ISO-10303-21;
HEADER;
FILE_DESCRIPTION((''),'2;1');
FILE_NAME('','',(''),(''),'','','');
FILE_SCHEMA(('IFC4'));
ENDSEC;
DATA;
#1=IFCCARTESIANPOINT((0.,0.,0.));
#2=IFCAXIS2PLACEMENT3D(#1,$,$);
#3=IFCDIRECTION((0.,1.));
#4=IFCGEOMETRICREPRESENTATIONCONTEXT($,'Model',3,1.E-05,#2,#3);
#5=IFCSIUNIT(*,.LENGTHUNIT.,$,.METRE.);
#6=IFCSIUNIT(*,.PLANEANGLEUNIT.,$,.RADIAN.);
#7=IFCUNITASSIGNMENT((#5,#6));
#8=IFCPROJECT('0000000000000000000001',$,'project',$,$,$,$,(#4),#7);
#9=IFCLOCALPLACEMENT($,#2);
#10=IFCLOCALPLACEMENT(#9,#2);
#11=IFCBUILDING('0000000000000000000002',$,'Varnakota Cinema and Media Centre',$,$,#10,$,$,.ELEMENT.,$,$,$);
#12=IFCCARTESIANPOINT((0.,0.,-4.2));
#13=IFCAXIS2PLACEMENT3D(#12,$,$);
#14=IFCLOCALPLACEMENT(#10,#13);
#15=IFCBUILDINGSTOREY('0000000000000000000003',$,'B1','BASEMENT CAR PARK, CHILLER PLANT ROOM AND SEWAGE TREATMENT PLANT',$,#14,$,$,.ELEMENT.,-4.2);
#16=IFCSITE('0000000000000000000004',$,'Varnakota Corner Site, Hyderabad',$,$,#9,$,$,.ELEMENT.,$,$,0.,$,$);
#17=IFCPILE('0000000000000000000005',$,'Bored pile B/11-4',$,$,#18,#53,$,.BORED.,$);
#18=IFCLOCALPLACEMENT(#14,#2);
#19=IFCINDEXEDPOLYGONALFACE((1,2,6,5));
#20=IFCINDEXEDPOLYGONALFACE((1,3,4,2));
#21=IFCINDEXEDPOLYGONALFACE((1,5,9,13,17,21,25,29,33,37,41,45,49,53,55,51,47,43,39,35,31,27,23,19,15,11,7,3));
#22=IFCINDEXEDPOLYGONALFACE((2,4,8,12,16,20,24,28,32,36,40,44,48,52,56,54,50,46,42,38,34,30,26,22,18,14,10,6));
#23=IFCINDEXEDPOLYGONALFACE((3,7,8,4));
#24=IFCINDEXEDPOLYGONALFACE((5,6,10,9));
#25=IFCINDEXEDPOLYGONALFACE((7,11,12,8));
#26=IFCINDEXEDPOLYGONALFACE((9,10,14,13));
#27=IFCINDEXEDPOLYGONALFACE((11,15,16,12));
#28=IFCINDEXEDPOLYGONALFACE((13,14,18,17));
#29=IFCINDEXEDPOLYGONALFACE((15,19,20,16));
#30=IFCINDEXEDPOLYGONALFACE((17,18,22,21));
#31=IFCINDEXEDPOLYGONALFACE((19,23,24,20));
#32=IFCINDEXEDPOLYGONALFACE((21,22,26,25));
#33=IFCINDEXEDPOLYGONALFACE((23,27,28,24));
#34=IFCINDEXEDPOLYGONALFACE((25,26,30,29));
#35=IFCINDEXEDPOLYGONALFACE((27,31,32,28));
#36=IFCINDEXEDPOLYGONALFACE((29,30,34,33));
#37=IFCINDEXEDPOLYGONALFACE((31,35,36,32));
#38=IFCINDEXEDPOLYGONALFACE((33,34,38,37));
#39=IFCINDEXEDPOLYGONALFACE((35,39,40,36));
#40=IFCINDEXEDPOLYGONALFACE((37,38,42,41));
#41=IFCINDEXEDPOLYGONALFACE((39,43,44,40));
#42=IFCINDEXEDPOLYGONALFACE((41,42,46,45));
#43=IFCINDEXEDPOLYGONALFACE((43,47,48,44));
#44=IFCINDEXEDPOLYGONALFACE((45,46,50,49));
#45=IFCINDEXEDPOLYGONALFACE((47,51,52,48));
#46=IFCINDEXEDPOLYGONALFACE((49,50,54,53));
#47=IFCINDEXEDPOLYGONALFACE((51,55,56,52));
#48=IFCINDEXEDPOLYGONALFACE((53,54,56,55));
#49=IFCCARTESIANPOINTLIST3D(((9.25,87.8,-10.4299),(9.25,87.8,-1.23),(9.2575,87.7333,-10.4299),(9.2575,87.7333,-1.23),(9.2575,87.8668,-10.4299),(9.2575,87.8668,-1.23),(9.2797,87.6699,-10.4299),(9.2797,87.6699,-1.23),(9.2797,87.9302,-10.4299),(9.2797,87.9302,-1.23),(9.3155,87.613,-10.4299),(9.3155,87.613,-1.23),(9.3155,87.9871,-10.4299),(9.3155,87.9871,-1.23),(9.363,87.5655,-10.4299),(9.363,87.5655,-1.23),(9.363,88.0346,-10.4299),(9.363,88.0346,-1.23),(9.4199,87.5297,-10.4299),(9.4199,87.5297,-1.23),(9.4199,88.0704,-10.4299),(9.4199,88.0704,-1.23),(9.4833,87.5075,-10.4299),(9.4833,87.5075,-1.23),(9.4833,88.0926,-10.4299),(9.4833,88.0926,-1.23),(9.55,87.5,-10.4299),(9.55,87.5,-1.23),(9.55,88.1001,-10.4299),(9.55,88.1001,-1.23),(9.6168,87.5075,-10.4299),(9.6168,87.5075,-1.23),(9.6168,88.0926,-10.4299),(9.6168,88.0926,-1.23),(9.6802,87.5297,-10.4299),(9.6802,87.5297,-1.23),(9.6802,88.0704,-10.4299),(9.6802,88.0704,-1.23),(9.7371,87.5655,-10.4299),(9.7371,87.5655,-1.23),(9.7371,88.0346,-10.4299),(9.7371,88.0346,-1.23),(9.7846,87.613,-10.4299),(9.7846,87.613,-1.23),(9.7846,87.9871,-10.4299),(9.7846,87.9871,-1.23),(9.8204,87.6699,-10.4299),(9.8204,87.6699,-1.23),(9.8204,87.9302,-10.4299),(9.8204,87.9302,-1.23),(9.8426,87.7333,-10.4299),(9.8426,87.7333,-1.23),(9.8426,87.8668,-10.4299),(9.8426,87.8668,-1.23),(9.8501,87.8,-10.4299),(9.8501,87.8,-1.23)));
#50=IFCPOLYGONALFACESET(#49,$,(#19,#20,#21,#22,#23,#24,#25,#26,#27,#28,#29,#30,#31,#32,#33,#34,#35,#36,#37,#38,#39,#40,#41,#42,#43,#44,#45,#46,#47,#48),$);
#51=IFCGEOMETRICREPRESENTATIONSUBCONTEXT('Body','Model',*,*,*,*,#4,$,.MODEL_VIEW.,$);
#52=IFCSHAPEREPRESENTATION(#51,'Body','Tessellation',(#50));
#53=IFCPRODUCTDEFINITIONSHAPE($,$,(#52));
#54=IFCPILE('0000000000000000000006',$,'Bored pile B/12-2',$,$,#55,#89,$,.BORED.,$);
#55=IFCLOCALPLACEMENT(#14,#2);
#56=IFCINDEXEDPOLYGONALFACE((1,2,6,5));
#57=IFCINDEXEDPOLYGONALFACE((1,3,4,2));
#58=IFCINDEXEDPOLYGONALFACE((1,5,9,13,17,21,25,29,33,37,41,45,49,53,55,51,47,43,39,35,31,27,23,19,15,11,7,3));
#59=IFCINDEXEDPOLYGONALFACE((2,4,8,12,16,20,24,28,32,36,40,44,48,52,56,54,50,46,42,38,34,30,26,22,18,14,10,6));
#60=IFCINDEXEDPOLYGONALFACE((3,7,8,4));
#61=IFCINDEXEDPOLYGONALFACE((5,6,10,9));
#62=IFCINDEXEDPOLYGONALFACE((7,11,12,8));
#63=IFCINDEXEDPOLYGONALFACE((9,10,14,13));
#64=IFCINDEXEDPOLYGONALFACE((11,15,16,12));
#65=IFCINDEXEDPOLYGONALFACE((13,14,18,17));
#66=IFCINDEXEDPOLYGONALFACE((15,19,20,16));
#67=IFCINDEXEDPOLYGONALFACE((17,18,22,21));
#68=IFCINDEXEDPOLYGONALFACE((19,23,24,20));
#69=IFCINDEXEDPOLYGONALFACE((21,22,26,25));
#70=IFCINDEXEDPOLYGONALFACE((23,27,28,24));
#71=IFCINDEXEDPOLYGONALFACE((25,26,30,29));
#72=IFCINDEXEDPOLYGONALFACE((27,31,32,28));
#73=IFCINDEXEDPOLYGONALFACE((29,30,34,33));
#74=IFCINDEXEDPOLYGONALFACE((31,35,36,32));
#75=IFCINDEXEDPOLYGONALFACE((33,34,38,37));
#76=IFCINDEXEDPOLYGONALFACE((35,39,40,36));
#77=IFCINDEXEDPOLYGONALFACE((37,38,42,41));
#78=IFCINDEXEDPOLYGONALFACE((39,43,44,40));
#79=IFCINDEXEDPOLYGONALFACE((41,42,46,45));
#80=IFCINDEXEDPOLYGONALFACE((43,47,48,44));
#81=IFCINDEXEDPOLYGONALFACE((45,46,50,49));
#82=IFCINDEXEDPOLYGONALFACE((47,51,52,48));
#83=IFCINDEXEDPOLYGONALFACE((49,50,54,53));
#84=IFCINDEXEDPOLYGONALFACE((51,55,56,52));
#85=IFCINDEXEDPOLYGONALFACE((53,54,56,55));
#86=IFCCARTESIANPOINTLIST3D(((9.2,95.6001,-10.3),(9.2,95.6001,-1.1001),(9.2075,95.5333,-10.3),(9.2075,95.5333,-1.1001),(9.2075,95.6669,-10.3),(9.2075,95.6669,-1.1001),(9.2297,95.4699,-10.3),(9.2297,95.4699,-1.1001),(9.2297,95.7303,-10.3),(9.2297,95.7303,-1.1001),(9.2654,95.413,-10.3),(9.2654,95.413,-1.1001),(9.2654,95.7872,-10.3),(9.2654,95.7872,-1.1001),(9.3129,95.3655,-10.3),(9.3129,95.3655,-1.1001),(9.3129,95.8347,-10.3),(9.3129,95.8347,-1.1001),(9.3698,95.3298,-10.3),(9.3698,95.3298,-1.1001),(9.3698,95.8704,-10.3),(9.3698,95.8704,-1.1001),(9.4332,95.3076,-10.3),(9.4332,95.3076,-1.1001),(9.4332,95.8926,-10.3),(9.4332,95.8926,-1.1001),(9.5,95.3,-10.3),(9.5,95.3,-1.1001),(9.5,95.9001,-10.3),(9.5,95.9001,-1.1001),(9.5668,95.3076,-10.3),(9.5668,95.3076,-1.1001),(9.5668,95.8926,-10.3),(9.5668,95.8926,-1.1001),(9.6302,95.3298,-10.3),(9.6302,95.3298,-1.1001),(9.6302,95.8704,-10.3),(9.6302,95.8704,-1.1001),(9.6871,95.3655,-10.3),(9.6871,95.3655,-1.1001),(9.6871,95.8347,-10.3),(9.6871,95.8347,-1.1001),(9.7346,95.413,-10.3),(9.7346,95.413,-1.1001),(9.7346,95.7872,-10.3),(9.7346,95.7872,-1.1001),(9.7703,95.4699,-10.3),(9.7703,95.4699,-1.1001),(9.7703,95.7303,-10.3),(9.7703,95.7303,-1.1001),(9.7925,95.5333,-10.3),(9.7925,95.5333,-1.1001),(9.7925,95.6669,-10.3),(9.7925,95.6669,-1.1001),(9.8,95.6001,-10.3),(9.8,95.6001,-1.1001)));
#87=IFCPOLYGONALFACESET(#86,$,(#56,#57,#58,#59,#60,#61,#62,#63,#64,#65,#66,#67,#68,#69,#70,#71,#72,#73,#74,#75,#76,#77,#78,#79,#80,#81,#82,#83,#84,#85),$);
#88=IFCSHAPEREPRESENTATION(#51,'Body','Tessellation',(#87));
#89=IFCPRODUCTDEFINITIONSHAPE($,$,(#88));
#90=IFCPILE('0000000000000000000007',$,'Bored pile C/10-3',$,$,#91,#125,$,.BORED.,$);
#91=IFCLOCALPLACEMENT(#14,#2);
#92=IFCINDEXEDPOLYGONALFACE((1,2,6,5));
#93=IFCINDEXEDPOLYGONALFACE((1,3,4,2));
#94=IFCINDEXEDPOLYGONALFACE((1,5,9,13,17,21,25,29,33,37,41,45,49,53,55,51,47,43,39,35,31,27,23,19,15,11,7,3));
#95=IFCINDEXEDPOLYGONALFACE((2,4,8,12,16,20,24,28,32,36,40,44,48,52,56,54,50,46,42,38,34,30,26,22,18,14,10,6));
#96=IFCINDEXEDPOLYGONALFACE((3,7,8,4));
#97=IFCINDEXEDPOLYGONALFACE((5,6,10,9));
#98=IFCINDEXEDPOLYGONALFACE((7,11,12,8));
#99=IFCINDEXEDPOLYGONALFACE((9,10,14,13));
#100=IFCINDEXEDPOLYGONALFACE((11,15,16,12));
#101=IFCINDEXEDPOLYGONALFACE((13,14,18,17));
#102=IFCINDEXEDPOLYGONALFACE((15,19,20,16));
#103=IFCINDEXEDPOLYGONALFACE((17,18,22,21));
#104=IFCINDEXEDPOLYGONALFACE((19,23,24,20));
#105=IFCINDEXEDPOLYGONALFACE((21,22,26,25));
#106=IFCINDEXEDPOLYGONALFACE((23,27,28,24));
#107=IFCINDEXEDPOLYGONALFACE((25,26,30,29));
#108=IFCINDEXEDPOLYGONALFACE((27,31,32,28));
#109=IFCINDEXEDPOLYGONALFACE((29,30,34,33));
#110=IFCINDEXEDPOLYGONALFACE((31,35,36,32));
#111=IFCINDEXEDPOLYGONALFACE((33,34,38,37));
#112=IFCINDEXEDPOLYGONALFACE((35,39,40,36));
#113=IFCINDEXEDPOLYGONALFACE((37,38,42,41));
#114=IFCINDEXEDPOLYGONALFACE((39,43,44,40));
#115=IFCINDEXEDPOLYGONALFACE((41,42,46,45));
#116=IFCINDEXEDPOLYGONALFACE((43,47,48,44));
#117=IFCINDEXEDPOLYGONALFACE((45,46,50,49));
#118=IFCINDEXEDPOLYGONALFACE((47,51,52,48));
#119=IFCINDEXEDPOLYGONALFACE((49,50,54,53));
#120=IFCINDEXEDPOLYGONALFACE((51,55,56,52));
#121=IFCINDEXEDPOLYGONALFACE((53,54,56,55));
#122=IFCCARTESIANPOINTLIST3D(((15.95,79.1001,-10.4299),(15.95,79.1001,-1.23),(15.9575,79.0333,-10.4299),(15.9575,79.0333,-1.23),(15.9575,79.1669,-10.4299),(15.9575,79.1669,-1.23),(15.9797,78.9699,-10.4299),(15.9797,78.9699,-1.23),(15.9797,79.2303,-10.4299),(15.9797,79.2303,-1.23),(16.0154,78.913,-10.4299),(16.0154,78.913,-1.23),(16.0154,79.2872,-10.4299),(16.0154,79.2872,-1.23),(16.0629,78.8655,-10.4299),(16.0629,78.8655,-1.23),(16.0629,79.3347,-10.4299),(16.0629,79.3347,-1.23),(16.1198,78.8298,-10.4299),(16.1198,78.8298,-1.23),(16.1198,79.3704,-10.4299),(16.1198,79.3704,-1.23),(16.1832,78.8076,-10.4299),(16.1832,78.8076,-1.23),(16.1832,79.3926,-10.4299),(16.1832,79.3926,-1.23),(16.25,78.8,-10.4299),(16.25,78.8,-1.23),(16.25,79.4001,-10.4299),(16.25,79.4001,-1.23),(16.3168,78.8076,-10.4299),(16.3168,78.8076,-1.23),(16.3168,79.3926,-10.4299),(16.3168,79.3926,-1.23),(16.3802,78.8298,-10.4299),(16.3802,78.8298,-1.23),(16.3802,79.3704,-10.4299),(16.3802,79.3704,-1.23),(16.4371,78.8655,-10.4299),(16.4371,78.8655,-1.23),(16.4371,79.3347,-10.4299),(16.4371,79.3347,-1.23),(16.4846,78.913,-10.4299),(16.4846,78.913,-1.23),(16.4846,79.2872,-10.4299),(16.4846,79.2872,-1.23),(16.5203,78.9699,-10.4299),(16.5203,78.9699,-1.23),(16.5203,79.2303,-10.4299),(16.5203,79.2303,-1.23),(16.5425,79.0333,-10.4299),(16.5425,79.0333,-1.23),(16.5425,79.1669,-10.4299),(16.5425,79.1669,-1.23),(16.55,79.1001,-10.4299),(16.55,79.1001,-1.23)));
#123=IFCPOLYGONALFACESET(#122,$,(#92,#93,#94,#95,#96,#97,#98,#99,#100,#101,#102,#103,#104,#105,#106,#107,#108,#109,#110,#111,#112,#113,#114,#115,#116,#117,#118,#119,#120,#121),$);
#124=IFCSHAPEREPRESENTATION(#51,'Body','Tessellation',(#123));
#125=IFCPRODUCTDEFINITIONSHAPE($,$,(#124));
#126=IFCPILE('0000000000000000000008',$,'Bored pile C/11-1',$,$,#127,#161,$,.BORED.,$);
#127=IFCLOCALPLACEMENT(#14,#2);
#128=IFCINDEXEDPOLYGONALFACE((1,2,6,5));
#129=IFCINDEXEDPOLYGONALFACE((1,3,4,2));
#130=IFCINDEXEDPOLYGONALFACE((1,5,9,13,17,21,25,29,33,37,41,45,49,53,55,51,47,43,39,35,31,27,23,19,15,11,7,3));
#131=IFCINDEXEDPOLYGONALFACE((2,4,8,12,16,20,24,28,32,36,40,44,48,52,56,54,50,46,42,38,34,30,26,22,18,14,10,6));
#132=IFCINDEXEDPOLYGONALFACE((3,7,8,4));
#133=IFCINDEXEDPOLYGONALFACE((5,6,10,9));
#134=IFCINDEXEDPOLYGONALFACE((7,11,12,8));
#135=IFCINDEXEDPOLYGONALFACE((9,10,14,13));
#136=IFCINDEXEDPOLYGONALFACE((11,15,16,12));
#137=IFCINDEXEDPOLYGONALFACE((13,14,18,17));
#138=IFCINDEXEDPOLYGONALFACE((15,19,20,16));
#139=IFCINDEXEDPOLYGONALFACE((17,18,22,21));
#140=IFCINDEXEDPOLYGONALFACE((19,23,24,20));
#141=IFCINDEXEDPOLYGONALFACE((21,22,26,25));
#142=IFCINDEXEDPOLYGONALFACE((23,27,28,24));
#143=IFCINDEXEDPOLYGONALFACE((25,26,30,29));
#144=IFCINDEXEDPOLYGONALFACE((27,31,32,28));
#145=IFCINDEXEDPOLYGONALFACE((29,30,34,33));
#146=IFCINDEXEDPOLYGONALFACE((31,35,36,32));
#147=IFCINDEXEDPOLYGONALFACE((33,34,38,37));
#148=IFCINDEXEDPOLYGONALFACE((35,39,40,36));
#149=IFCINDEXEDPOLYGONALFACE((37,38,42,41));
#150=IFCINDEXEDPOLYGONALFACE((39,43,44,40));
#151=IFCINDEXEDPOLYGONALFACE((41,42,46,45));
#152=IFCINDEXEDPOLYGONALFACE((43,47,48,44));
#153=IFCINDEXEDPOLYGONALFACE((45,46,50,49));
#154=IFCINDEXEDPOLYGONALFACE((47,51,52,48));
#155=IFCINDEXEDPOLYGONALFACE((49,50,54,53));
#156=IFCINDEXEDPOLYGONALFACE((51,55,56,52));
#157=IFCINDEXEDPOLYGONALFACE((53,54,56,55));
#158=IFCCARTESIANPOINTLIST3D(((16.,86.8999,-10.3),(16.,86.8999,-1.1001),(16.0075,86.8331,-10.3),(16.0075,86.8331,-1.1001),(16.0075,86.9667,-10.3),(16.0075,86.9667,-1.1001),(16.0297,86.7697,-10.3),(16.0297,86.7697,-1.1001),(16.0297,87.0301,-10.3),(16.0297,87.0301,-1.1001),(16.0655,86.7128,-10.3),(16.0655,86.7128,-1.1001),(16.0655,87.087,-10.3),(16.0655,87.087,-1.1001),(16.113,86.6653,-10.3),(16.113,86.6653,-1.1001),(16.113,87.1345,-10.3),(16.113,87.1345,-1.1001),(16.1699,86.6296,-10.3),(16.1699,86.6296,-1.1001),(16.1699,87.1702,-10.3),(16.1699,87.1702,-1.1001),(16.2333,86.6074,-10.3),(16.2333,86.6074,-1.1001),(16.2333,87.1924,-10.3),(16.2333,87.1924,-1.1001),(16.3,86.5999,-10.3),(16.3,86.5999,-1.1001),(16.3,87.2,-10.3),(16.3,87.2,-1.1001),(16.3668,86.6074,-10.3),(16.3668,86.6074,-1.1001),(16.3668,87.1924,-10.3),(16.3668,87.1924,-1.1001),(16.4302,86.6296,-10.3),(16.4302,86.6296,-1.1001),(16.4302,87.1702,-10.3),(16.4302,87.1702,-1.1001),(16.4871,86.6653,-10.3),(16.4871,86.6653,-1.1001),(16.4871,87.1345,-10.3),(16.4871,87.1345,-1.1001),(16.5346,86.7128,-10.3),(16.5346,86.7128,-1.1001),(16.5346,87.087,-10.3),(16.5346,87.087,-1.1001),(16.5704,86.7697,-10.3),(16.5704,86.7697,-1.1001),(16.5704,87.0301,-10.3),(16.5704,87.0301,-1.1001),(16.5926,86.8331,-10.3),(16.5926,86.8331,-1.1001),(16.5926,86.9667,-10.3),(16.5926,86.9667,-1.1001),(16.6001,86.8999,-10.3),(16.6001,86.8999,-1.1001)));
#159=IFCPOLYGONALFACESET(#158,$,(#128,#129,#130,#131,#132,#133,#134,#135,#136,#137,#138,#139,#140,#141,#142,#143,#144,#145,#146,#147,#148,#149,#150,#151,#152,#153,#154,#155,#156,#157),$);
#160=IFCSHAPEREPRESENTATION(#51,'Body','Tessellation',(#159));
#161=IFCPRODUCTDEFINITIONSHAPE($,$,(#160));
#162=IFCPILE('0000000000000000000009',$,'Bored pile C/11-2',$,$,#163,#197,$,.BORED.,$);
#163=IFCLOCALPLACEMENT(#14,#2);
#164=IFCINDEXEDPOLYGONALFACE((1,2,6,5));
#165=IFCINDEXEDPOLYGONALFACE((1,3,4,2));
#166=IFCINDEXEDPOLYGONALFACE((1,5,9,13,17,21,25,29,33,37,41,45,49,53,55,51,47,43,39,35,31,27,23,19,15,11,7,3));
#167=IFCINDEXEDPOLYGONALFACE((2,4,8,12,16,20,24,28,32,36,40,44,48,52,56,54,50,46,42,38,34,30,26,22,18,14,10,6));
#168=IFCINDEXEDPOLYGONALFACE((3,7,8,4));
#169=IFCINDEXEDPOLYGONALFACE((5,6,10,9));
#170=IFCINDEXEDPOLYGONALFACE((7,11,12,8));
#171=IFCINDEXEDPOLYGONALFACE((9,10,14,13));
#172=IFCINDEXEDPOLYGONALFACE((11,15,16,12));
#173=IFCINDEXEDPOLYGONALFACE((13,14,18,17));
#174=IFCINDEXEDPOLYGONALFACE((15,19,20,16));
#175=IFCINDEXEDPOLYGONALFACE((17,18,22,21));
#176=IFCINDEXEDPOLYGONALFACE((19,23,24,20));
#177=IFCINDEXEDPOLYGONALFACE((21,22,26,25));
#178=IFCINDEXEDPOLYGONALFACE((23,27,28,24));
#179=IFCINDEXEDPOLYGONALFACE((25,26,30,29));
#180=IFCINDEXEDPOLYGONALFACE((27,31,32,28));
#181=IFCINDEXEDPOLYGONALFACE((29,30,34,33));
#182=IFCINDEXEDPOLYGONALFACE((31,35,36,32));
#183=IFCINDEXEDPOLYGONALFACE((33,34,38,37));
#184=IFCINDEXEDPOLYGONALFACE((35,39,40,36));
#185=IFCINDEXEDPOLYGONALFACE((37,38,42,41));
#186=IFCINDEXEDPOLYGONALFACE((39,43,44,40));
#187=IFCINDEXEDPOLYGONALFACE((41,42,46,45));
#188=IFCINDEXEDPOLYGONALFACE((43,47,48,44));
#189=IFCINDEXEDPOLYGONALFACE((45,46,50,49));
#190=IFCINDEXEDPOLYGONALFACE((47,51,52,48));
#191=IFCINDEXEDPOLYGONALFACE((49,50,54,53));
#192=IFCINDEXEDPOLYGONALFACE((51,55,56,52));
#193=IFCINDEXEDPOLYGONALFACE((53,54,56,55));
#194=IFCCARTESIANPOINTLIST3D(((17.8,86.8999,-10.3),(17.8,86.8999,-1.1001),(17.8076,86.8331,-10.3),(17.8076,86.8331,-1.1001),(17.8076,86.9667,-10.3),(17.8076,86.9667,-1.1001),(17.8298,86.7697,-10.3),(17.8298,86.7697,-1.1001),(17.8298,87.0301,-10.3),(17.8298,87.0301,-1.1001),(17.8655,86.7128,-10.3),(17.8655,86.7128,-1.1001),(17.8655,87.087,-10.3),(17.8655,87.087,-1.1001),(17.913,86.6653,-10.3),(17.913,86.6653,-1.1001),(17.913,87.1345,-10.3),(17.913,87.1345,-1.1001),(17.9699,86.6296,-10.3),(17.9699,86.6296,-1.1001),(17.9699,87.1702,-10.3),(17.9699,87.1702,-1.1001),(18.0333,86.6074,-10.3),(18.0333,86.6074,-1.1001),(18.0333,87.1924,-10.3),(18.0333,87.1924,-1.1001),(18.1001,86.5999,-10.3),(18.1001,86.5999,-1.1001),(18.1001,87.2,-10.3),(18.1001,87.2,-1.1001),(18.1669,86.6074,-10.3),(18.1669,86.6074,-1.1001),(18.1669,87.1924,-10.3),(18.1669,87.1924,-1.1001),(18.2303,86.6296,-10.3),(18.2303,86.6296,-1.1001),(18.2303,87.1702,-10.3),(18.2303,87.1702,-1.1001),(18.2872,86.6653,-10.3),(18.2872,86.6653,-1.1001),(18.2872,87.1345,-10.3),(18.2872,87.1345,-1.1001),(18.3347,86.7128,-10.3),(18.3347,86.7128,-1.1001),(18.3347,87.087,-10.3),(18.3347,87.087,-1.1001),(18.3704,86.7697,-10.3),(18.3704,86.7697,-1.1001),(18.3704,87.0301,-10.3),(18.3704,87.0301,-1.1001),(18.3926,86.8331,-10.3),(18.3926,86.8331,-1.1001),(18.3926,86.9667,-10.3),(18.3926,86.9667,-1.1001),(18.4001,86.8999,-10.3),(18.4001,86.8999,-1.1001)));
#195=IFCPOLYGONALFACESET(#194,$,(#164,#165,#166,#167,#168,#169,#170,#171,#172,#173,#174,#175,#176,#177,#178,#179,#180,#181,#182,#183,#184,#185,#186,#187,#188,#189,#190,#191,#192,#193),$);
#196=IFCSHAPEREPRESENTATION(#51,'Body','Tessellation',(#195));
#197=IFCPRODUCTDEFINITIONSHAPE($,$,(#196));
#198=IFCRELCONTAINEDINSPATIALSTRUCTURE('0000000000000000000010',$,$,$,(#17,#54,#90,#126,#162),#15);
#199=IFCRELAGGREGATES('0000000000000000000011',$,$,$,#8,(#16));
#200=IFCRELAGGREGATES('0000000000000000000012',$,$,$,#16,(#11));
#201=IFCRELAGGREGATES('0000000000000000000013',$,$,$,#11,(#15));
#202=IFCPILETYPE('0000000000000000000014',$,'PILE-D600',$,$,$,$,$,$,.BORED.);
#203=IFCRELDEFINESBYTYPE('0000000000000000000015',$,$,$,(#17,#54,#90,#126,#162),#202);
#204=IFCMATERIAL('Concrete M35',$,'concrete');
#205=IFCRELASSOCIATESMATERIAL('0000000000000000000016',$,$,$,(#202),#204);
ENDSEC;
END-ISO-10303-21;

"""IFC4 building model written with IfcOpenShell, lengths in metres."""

from ifc_helpers import new_model, si_unit, direction, frame, origin, origin_2d, place, context, subcontext, project, spatial, circle, extrude, material, material_profile, profile_set, type_object, element, save


model = new_model("IFC4")

# Units and contexts
model_context = context("Model", 3, precision=1e-05, world=origin(), true_north=direction((0.0, 1.0)))
body_context = subcontext(model_context, "Body", "Model", "MODEL_VIEW")
ifc_project = project(units=[si_unit("LENGTHUNIT", "METRE"), si_unit("PLANEANGLEUNIT", "RADIAN")], contexts=[model_context])

# Site, building, storey
site_placement = place(None, origin())
site = spatial("IfcSite", under=ifc_project, at=site_placement, Name="Varnakota Corner Site, Hyderabad", CompositionType="ELEMENT", RefElevation=0.0)
building_placement = place(site_placement, origin())
building = spatial("IfcBuilding", under=site, at=building_placement, Name="Varnakota Cinema and Media Centre", CompositionType="ELEMENT")
storey_placement = place(building_placement, frame((0.0, 0.0, -4.2)))
storey = spatial("IfcBuildingStorey", under=building, at=storey_placement, Name="B1", Description="BASEMENT CAR PARK, CHILLER PLANT ROOM AND SEWAGE TREATMENT PLANT", CompositionType="ELEMENT", Elevation=-4.2)

# Piles
ifc_material_1 = material(Name="Concrete M35", Category="concrete")
ifc_material_profile_1 = material_profile(ifc_material_1, circle(Radius=0.3, at=origin_2d()), Name="PILE D600")
ifc_profile_set_1 = profile_set([ifc_material_profile_1], Name="Concrete M35")
pile_type_1 = type_object("IfcPileType", Name="PILE-D600", PredefinedType="BORED", material=ifc_profile_set_1)
for number, where, z_axis, x_axis, name in (
    (1, (9.55, 87.8, -1.23), (0.0, 0.0, -1.0), (1.0, 0.0, 0.0), "Bored pile B/11-4"),
    (2, (9.5, 95.6001, -1.1001), (0.0, 0.0, -1.0), (1.0, 0.0, 0.0), "Bored pile B/12-2"),
    (3, (16.25, 79.1001, -1.23), (0.0, 0.0, -1.0), (1.0, 0.0, 0.0), "Bored pile C/10-3"),
    (4, (16.3, 86.8999, -1.1001), (0.0, 0.0, -1.0), (1.0, 0.0, 0.0), "Bored pile C/11-1"),
    (5, (18.1001, 86.8999, -1.1001), (0.0, 0.0, -1.0), (1.0, 0.0, 0.0), "Bored pile C/11-2"),
):
    element("IfcPile", number, at=place(storey_placement, frame(where, z_axis=z_axis, x_axis=x_axis)), inside=storey, type_object=pile_type_1, Name=name, PredefinedType="BORED", context=body_context, shape_type="SweptSolid", body=[
        extrude(circle(Radius=0.3, at=origin_2d()), origin(), (0.0, 0.0, 1.0), 9.2),
    ])

save(model, "model.ifc")
